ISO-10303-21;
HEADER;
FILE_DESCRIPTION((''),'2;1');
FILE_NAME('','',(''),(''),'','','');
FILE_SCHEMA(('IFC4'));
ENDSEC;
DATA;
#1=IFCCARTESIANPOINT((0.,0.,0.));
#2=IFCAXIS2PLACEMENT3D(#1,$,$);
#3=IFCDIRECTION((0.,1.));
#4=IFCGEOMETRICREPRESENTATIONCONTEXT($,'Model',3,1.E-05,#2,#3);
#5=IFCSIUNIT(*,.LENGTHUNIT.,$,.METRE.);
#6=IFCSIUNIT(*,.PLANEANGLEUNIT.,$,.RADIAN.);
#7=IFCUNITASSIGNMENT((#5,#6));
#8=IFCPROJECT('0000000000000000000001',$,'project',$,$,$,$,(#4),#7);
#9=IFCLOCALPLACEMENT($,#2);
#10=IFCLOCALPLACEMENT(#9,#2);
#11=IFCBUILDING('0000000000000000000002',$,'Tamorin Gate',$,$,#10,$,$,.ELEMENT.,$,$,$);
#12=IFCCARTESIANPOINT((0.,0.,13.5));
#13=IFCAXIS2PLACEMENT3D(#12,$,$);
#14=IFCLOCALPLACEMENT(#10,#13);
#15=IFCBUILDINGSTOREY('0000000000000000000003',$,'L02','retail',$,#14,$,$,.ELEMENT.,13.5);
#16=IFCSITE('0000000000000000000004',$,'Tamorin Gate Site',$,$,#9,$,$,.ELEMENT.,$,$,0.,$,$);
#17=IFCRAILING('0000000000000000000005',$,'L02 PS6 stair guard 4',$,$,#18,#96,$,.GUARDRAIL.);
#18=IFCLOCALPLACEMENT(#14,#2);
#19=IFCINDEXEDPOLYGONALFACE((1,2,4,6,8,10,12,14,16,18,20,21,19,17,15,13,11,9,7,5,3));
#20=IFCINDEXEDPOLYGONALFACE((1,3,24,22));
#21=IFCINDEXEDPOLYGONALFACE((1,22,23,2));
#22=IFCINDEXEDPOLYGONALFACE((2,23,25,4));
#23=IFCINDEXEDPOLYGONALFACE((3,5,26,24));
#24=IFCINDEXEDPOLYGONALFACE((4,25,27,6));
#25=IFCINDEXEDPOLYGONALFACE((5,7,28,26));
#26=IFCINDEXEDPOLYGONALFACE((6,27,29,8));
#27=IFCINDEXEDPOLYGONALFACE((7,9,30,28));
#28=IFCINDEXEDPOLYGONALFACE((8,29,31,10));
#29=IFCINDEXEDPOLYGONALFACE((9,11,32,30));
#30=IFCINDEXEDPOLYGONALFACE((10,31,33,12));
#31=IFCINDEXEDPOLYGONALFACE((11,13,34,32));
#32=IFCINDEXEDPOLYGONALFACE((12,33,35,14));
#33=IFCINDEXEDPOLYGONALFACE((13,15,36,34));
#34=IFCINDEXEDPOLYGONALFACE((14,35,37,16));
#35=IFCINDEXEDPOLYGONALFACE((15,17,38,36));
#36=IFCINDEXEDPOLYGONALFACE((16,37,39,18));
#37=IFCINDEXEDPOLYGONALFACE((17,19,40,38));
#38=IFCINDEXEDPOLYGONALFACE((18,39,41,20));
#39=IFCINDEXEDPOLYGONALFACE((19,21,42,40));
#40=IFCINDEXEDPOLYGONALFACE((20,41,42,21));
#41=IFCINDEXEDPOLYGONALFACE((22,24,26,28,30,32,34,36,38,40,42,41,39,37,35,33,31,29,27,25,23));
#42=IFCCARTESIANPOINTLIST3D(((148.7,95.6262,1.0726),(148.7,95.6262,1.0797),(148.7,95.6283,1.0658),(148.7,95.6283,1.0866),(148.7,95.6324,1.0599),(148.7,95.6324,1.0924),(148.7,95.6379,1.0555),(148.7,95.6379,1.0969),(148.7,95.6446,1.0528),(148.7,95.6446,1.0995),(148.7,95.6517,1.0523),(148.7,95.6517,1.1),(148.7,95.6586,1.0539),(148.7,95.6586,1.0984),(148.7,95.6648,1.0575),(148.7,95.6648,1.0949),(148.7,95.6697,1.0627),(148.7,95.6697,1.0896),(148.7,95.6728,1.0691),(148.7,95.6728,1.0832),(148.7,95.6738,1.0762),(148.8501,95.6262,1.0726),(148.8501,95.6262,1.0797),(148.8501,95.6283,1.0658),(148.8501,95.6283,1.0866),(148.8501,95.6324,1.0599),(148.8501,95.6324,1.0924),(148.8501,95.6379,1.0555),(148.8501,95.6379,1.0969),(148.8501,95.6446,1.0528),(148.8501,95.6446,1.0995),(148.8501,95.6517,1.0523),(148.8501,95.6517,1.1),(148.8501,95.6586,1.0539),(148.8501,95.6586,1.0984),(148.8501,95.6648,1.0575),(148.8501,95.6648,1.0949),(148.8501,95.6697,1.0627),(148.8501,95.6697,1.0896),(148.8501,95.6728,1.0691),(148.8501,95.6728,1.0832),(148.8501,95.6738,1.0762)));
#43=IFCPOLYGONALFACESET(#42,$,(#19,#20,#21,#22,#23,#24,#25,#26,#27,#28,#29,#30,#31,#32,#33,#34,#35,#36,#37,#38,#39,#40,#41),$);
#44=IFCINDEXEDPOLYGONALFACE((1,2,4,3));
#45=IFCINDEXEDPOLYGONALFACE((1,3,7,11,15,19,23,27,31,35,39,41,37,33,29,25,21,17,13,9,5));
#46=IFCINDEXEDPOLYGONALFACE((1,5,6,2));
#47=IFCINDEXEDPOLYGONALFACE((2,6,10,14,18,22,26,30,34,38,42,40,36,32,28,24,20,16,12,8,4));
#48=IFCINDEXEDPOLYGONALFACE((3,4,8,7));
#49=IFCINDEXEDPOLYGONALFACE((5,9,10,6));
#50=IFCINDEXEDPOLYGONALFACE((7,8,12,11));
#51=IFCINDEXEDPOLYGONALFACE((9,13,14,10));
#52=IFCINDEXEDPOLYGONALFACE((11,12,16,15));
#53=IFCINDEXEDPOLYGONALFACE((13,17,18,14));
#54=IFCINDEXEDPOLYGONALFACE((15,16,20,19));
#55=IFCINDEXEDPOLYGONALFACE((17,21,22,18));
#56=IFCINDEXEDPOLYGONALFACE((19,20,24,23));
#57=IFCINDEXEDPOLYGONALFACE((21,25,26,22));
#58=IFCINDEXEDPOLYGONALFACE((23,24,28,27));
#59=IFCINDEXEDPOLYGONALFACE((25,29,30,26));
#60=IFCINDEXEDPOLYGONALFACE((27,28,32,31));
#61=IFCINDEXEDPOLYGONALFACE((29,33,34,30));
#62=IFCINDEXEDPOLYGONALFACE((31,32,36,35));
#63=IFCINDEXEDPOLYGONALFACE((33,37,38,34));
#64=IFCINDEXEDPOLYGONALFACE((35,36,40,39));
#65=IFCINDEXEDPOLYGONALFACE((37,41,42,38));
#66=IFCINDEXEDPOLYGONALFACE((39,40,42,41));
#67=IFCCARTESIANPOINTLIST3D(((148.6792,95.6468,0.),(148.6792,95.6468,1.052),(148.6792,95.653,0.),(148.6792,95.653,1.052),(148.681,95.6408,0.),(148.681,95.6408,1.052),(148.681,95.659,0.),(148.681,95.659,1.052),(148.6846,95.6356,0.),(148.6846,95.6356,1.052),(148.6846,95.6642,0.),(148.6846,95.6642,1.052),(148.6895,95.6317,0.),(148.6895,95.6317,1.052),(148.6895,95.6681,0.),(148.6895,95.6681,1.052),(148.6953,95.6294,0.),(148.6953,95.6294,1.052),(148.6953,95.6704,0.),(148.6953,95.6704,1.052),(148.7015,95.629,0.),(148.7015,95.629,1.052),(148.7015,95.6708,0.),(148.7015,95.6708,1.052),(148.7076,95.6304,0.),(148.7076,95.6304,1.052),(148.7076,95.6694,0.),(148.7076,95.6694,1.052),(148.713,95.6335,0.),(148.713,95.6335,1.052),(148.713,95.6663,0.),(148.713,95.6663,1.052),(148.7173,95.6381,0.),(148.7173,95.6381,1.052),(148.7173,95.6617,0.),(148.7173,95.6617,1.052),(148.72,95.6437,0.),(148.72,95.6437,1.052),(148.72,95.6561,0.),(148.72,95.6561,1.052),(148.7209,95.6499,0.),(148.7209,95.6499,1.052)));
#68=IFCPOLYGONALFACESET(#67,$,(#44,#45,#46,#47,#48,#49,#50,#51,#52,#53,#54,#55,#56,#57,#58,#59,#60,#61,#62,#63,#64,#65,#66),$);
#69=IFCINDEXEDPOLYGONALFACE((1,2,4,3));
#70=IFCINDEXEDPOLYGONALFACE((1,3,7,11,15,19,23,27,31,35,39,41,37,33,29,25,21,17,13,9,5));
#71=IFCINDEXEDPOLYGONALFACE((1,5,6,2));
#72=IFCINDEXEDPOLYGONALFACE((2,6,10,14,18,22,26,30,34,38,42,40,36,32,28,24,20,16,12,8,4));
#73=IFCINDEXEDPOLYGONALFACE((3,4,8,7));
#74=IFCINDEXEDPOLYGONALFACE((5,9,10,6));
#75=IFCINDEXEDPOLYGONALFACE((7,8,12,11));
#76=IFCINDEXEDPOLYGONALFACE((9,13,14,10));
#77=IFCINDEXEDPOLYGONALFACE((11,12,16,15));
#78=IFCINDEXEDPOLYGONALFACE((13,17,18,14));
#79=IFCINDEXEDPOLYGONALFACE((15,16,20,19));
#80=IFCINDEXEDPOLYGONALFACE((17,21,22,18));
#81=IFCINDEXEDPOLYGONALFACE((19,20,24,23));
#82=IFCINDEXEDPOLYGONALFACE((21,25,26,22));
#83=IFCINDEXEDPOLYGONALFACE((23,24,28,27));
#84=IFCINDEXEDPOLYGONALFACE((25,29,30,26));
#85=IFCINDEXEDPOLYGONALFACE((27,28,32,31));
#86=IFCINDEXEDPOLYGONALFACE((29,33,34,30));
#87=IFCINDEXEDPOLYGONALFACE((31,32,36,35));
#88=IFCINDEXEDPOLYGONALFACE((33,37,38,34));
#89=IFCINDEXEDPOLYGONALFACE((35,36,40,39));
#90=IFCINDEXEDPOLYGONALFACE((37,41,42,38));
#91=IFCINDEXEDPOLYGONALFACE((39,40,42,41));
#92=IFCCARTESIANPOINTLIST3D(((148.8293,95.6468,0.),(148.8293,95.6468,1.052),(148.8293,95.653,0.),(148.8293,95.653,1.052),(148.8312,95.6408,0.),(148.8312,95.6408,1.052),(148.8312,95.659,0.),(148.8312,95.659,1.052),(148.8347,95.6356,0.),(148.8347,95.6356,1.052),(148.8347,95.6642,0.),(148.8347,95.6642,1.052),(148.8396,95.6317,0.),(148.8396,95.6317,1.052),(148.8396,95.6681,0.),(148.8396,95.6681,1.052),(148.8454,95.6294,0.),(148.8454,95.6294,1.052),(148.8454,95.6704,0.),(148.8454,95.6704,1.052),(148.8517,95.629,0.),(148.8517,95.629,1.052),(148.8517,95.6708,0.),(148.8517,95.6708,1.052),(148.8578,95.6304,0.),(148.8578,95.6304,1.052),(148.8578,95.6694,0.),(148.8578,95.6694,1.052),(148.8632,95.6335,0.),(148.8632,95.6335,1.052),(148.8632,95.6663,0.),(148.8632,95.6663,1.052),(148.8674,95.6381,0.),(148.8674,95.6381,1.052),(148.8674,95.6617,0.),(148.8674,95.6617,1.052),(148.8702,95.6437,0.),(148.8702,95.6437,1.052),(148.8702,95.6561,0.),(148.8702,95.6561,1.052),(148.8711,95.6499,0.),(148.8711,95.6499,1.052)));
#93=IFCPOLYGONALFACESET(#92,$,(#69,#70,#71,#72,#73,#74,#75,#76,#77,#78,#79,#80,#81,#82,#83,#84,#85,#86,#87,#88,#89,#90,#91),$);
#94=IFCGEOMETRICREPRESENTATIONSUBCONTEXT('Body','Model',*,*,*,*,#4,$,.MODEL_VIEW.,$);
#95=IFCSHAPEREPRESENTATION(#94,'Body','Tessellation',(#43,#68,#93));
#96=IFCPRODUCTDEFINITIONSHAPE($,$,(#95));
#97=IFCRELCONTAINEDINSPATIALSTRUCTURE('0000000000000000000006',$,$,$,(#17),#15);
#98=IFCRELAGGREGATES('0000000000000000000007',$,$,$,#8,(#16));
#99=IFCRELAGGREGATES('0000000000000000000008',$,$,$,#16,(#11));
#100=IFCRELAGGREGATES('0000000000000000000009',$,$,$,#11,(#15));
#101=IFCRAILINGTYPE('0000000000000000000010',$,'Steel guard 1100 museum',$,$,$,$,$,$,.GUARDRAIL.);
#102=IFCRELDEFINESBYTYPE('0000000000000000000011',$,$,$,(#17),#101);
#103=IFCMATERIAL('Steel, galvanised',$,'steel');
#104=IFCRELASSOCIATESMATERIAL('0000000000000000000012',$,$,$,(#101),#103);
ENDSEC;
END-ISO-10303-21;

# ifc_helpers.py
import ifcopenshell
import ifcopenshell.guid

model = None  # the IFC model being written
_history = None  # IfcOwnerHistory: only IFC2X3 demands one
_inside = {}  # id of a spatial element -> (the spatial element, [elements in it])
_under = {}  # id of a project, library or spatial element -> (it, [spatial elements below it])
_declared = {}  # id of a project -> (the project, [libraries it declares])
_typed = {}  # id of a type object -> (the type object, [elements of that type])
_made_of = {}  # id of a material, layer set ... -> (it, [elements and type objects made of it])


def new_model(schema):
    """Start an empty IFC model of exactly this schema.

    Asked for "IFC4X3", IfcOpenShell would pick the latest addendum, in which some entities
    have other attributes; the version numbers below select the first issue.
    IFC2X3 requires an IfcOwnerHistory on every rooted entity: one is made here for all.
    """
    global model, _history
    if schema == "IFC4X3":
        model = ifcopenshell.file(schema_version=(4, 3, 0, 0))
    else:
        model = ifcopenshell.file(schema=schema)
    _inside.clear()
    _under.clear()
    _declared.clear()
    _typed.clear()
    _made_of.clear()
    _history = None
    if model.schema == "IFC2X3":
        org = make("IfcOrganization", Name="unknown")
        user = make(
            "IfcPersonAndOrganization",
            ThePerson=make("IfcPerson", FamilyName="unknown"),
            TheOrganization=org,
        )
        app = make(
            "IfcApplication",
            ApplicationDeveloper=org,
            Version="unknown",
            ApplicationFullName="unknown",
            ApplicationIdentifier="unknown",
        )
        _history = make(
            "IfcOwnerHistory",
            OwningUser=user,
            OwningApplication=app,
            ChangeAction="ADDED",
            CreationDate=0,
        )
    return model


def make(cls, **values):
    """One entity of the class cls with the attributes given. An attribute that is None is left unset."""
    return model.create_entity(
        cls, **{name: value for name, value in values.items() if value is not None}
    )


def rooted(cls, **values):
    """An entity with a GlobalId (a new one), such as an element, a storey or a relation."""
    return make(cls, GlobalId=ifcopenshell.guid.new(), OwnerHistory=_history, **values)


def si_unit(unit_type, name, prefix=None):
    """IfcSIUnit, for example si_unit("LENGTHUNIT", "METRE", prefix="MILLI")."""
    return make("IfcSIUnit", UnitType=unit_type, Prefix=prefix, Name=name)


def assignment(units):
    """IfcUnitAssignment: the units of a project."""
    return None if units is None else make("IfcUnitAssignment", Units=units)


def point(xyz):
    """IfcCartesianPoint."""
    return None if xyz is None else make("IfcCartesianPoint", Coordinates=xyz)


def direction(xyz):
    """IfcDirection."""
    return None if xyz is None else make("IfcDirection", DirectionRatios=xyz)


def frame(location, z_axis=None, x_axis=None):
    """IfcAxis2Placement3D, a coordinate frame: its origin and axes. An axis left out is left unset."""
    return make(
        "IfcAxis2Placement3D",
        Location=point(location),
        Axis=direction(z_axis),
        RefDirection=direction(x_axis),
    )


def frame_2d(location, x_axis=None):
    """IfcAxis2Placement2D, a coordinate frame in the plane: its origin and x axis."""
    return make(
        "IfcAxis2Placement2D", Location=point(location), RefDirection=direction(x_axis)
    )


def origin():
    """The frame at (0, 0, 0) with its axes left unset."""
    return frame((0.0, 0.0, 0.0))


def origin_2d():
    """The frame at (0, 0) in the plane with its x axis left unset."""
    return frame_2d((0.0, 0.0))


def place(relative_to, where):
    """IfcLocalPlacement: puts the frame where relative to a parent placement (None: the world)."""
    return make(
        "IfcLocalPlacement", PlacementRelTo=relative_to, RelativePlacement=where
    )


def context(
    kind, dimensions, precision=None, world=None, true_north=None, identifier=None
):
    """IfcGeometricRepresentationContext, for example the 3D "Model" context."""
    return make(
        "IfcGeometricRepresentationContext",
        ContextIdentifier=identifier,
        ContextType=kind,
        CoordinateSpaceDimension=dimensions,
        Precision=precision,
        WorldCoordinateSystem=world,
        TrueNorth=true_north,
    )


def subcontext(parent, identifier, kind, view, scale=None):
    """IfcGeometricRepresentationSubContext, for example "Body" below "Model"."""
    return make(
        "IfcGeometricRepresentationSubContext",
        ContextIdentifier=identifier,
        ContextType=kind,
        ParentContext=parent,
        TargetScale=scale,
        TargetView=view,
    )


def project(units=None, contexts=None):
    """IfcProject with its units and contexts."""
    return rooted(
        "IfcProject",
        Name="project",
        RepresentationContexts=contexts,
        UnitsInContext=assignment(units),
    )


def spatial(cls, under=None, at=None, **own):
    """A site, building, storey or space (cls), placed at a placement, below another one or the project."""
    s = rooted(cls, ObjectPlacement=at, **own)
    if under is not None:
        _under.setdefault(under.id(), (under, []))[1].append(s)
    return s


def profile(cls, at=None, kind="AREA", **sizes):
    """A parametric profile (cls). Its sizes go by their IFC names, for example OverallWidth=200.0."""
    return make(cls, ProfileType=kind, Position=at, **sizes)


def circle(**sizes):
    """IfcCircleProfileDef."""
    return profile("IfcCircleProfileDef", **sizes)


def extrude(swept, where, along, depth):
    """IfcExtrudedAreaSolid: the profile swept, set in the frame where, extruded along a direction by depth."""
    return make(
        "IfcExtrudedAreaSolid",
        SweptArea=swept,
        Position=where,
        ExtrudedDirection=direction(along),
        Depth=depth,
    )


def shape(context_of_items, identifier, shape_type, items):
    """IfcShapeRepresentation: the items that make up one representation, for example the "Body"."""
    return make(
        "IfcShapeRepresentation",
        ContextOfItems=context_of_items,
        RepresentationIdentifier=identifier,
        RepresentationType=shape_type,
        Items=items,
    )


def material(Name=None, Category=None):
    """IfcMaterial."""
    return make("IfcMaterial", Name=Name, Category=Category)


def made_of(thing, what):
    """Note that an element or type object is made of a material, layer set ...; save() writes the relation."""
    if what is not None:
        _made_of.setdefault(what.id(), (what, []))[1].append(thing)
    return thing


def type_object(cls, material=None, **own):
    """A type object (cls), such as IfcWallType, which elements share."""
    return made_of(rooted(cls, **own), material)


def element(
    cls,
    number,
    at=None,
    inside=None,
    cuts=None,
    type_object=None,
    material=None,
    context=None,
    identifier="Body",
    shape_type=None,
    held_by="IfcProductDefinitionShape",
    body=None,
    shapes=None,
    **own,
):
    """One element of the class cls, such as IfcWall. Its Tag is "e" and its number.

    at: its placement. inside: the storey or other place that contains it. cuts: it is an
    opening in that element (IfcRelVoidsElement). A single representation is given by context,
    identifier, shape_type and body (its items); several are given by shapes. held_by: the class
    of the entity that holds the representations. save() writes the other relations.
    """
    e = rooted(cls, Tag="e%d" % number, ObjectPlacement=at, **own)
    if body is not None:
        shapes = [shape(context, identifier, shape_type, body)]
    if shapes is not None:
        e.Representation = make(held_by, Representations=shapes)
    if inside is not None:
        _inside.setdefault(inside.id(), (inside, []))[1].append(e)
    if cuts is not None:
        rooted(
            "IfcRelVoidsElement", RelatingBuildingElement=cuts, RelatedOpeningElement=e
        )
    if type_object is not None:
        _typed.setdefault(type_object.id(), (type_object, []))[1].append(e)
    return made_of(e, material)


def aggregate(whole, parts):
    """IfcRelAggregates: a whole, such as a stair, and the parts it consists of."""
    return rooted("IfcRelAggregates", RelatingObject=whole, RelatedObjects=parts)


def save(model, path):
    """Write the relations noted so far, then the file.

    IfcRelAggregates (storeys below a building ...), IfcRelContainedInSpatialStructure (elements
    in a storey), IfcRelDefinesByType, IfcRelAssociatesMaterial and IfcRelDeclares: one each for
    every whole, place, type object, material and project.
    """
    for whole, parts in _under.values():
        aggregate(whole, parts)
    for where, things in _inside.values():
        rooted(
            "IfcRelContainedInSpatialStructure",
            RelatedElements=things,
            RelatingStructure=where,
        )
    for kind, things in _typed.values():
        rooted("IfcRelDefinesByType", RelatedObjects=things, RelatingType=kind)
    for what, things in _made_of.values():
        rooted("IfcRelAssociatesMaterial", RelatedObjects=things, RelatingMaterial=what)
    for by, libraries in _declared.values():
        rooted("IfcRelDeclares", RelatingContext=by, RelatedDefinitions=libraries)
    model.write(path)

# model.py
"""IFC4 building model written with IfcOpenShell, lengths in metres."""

from ifc_helpers import new_model, si_unit, direction, frame, origin, origin_2d, place, context, subcontext, project, spatial, circle, extrude, material, type_object, element, save


model = new_model("IFC4")

# Units and contexts
model_context = context("Model", 3, precision=1e-05, world=origin(), true_north=direction((0.0, 1.0)))
body_context = subcontext(model_context, "Body", "Model", "MODEL_VIEW")
ifc_project = project(units=[si_unit("LENGTHUNIT", "METRE"), si_unit("PLANEANGLEUNIT", "RADIAN")], contexts=[model_context])

# Site, building, storey
site_placement = place(None, origin())
site = spatial("IfcSite", under=ifc_project, at=site_placement, Name="Tamorin Gate Site", CompositionType="ELEMENT", RefElevation=0.0)
building_placement = place(site_placement, origin())
building = spatial("IfcBuilding", under=site, at=building_placement, Name="Tamorin Gate", CompositionType="ELEMENT")
storey_placement = place(building_placement, frame((0.0, 0.0, 13.5)))
storey = spatial("IfcBuildingStorey", under=building, at=storey_placement, Name="L02", Description="retail", CompositionType="ELEMENT", Elevation=13.5)

# Railing
ifc_material_1 = material(Name="Steel, galvanised", Category="steel")
railing_type_1 = type_object("IfcRailingType", Name="Steel guard 1100 museum", PredefinedType="GUARDRAIL", material=ifc_material_1)
railing_1_placement = place(storey_placement, frame((148.7, 95.6499, 0.0)))
element("IfcRailing", 1, at=railing_1_placement, inside=storey, type_object=railing_type_1, Name="L02 PS6 stair guard 4", PredefinedType="GUARDRAIL", context=body_context, shape_type="SweptSolid", body=[
    extrude(circle(Radius=0.0239, at=origin_2d()), frame((0.0, 0.0, 1.0762), z_axis=(1.0, 0.0, 0.0), x_axis=(0.0, 1.0, 0.0)), (0.0, 0.0, 1.0), 0.1501),
    extrude(circle(Radius=0.021, at=origin_2d()), origin(), (0.0, 0.0, 1.0), 1.052),
    extrude(circle(Radius=0.021, at=origin_2d()), frame((0.1501, 0.0, 0.0)), (0.0, 0.0, 1.0), 1.052),
])

save(model, "model.ifc")
